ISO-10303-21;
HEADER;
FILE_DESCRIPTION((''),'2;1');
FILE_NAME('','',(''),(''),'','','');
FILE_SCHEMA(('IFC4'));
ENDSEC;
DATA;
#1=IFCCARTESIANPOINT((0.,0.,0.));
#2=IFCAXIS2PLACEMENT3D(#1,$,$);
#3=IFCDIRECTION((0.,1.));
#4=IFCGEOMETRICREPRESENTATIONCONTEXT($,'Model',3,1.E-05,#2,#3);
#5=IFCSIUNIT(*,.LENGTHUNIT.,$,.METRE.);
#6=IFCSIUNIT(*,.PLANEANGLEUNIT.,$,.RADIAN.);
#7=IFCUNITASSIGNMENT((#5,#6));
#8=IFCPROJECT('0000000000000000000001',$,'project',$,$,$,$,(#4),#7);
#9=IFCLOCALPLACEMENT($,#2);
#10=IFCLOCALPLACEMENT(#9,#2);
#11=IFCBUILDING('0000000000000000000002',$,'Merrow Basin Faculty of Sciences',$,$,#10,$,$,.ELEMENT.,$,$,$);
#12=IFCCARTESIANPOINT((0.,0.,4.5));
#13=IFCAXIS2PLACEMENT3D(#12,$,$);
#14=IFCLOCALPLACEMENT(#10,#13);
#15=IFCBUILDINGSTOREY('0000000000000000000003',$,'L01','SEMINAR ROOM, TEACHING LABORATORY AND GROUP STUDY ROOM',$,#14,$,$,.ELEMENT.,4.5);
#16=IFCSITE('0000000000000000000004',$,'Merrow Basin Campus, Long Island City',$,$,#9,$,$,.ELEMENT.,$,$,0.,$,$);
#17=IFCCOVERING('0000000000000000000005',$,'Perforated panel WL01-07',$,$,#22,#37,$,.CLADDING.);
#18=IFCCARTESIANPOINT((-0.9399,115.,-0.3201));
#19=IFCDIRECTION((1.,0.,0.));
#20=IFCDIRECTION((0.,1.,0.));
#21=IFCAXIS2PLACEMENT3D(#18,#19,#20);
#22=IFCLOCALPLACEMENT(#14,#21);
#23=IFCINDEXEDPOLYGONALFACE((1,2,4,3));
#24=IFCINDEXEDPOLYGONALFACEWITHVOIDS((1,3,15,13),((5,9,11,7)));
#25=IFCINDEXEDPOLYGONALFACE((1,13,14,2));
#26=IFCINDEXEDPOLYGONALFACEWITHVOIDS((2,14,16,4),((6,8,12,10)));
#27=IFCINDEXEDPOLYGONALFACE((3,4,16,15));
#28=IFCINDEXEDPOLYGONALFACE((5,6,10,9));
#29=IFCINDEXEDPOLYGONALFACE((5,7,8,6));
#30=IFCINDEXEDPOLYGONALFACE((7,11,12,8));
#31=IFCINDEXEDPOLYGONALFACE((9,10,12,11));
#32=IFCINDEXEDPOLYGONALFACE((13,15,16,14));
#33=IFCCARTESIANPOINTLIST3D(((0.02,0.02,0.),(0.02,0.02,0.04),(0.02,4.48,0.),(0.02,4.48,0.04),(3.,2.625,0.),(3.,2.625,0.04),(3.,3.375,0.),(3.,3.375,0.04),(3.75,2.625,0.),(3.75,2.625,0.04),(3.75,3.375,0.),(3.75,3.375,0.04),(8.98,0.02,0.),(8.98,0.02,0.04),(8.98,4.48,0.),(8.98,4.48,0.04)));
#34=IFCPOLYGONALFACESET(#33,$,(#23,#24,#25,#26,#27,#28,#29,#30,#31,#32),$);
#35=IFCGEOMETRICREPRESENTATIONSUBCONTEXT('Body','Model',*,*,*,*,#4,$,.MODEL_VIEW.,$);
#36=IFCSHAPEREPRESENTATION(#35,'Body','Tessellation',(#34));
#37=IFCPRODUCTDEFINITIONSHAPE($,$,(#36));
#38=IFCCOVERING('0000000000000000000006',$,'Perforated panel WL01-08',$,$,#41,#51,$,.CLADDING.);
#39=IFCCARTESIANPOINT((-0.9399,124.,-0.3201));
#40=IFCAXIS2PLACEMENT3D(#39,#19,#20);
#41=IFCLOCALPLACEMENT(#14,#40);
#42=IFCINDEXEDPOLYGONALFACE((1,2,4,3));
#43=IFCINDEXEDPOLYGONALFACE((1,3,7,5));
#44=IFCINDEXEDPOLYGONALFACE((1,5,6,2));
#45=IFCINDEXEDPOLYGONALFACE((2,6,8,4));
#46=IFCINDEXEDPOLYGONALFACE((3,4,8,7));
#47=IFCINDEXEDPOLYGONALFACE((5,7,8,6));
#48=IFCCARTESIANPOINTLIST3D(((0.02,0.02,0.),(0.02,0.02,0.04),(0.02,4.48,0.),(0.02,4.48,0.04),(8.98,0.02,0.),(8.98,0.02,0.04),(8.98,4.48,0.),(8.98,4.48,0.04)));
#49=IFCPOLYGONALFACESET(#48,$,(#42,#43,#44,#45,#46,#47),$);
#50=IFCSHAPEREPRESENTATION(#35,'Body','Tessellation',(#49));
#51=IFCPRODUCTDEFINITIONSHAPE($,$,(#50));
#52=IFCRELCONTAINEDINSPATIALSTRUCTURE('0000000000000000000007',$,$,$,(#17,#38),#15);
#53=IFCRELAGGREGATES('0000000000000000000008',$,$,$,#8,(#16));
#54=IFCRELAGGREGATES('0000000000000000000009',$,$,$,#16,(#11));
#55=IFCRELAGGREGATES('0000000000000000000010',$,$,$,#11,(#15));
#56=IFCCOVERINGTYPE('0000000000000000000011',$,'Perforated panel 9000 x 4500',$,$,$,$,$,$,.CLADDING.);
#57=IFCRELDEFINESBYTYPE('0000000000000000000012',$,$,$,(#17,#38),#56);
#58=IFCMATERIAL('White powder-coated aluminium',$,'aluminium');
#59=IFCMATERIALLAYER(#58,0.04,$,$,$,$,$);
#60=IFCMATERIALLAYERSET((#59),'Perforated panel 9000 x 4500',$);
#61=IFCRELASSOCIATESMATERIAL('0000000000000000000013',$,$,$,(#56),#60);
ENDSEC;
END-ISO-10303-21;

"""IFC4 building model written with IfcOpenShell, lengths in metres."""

from ifc_helpers import new_model, si_unit, direction, frame, origin, place, context, subcontext, project, spatial, polyline, outline, extrude, source, transform, mapped, material, layer, layer_set, type_object, element, save


model = new_model("IFC4")

# Units and contexts
model_context = context("Model", 3, precision=1e-05, world=origin(), true_north=direction((0.0, 1.0)))
body_context = subcontext(model_context, "Body", "Model", "MODEL_VIEW")
ifc_project = project(units=[si_unit("LENGTHUNIT", "METRE"), si_unit("PLANEANGLEUNIT", "RADIAN")], contexts=[model_context])

# Site, building, storey
site_placement = place(None, origin())
site = spatial("IfcSite", under=ifc_project, at=site_placement, Name="Merrow Basin Campus, Long Island City", CompositionType="ELEMENT", RefElevation=0.0)
building_placement = place(site_placement, origin())
building = spatial("IfcBuilding", under=site, at=building_placement, Name="Merrow Basin Faculty of Sciences", CompositionType="ELEMENT")
storey_placement = place(building_placement, frame((0.0, 0.0, 4.5)))
storey = spatial("IfcBuildingStorey", under=building, at=storey_placement, Name="L01", Description="SEMINAR ROOM, TEACHING LABORATORY AND GROUP STUDY ROOM", CompositionType="ELEMENT", Elevation=4.5)

# Coverings
ifc_material_1 = material(Name="White powder-coated aluminium", Category="aluminium")
ifc_layer_1 = layer(ifc_material_1, 0.04)
ifc_layer_set_1 = layer_set([ifc_layer_1], Name="Perforated panel 9000 x 4500")
covering_type = type_object("IfcCoveringType", Name="Perforated panel 9000 x 4500", PredefinedType="CLADDING", material=ifc_layer_set_1)
shared_shape_1 = source(origin(), body_context, "Body", "SweptSolid", [
    extrude(outline(polyline([(0.02, 0.02), (8.98, 0.02), (8.98, 4.48), (0.02, 4.48), (0.02, 0.02)]), holes=[polyline([(3.0, 2.625), (3.75, 2.625), (3.75, 3.375), (3.0, 3.375), (3.0, 2.625)])]), origin(), (0.0, 0.0, 1.0), 0.04),
])
covering_1_placement = place(storey_placement, frame((-0.9399, 115.0, -0.3201), z_axis=(1.0, 0.0, 0.0), x_axis=(0.0, 1.0, 0.0)))
element("IfcCovering", 1, at=covering_1_placement, inside=storey, type_object=covering_type, Name="Perforated panel WL01-07", PredefinedType="CLADDING", context=body_context, shape_type="MappedRepresentation", body=[
    mapped(shared_shape_1, transform((0.0, 0.0, 0.0), scale=1.0)),
])
shared_shape_2 = source(origin(), body_context, "Body", "SweptSolid", [
    extrude(outline(polyline([(0.02, 0.02), (8.98, 0.02), (8.98, 4.48), (0.02, 4.48), (0.02, 0.02)])), origin(), (0.0, 0.0, 1.0), 0.04),
])
covering_2_placement = place(storey_placement, frame((-0.9399, 124.0, -0.3201), z_axis=(1.0, 0.0, 0.0), x_axis=(0.0, 1.0, 0.0)))
element("IfcCovering", 2, at=covering_2_placement, inside=storey, type_object=covering_type, Name="Perforated panel WL01-08", PredefinedType="CLADDING", context=body_context, shape_type="MappedRepresentation", body=[
    mapped(shared_shape_2, transform((0.0, 0.0, 0.0), scale=1.0)),
])

save(model, "model.ifc")
